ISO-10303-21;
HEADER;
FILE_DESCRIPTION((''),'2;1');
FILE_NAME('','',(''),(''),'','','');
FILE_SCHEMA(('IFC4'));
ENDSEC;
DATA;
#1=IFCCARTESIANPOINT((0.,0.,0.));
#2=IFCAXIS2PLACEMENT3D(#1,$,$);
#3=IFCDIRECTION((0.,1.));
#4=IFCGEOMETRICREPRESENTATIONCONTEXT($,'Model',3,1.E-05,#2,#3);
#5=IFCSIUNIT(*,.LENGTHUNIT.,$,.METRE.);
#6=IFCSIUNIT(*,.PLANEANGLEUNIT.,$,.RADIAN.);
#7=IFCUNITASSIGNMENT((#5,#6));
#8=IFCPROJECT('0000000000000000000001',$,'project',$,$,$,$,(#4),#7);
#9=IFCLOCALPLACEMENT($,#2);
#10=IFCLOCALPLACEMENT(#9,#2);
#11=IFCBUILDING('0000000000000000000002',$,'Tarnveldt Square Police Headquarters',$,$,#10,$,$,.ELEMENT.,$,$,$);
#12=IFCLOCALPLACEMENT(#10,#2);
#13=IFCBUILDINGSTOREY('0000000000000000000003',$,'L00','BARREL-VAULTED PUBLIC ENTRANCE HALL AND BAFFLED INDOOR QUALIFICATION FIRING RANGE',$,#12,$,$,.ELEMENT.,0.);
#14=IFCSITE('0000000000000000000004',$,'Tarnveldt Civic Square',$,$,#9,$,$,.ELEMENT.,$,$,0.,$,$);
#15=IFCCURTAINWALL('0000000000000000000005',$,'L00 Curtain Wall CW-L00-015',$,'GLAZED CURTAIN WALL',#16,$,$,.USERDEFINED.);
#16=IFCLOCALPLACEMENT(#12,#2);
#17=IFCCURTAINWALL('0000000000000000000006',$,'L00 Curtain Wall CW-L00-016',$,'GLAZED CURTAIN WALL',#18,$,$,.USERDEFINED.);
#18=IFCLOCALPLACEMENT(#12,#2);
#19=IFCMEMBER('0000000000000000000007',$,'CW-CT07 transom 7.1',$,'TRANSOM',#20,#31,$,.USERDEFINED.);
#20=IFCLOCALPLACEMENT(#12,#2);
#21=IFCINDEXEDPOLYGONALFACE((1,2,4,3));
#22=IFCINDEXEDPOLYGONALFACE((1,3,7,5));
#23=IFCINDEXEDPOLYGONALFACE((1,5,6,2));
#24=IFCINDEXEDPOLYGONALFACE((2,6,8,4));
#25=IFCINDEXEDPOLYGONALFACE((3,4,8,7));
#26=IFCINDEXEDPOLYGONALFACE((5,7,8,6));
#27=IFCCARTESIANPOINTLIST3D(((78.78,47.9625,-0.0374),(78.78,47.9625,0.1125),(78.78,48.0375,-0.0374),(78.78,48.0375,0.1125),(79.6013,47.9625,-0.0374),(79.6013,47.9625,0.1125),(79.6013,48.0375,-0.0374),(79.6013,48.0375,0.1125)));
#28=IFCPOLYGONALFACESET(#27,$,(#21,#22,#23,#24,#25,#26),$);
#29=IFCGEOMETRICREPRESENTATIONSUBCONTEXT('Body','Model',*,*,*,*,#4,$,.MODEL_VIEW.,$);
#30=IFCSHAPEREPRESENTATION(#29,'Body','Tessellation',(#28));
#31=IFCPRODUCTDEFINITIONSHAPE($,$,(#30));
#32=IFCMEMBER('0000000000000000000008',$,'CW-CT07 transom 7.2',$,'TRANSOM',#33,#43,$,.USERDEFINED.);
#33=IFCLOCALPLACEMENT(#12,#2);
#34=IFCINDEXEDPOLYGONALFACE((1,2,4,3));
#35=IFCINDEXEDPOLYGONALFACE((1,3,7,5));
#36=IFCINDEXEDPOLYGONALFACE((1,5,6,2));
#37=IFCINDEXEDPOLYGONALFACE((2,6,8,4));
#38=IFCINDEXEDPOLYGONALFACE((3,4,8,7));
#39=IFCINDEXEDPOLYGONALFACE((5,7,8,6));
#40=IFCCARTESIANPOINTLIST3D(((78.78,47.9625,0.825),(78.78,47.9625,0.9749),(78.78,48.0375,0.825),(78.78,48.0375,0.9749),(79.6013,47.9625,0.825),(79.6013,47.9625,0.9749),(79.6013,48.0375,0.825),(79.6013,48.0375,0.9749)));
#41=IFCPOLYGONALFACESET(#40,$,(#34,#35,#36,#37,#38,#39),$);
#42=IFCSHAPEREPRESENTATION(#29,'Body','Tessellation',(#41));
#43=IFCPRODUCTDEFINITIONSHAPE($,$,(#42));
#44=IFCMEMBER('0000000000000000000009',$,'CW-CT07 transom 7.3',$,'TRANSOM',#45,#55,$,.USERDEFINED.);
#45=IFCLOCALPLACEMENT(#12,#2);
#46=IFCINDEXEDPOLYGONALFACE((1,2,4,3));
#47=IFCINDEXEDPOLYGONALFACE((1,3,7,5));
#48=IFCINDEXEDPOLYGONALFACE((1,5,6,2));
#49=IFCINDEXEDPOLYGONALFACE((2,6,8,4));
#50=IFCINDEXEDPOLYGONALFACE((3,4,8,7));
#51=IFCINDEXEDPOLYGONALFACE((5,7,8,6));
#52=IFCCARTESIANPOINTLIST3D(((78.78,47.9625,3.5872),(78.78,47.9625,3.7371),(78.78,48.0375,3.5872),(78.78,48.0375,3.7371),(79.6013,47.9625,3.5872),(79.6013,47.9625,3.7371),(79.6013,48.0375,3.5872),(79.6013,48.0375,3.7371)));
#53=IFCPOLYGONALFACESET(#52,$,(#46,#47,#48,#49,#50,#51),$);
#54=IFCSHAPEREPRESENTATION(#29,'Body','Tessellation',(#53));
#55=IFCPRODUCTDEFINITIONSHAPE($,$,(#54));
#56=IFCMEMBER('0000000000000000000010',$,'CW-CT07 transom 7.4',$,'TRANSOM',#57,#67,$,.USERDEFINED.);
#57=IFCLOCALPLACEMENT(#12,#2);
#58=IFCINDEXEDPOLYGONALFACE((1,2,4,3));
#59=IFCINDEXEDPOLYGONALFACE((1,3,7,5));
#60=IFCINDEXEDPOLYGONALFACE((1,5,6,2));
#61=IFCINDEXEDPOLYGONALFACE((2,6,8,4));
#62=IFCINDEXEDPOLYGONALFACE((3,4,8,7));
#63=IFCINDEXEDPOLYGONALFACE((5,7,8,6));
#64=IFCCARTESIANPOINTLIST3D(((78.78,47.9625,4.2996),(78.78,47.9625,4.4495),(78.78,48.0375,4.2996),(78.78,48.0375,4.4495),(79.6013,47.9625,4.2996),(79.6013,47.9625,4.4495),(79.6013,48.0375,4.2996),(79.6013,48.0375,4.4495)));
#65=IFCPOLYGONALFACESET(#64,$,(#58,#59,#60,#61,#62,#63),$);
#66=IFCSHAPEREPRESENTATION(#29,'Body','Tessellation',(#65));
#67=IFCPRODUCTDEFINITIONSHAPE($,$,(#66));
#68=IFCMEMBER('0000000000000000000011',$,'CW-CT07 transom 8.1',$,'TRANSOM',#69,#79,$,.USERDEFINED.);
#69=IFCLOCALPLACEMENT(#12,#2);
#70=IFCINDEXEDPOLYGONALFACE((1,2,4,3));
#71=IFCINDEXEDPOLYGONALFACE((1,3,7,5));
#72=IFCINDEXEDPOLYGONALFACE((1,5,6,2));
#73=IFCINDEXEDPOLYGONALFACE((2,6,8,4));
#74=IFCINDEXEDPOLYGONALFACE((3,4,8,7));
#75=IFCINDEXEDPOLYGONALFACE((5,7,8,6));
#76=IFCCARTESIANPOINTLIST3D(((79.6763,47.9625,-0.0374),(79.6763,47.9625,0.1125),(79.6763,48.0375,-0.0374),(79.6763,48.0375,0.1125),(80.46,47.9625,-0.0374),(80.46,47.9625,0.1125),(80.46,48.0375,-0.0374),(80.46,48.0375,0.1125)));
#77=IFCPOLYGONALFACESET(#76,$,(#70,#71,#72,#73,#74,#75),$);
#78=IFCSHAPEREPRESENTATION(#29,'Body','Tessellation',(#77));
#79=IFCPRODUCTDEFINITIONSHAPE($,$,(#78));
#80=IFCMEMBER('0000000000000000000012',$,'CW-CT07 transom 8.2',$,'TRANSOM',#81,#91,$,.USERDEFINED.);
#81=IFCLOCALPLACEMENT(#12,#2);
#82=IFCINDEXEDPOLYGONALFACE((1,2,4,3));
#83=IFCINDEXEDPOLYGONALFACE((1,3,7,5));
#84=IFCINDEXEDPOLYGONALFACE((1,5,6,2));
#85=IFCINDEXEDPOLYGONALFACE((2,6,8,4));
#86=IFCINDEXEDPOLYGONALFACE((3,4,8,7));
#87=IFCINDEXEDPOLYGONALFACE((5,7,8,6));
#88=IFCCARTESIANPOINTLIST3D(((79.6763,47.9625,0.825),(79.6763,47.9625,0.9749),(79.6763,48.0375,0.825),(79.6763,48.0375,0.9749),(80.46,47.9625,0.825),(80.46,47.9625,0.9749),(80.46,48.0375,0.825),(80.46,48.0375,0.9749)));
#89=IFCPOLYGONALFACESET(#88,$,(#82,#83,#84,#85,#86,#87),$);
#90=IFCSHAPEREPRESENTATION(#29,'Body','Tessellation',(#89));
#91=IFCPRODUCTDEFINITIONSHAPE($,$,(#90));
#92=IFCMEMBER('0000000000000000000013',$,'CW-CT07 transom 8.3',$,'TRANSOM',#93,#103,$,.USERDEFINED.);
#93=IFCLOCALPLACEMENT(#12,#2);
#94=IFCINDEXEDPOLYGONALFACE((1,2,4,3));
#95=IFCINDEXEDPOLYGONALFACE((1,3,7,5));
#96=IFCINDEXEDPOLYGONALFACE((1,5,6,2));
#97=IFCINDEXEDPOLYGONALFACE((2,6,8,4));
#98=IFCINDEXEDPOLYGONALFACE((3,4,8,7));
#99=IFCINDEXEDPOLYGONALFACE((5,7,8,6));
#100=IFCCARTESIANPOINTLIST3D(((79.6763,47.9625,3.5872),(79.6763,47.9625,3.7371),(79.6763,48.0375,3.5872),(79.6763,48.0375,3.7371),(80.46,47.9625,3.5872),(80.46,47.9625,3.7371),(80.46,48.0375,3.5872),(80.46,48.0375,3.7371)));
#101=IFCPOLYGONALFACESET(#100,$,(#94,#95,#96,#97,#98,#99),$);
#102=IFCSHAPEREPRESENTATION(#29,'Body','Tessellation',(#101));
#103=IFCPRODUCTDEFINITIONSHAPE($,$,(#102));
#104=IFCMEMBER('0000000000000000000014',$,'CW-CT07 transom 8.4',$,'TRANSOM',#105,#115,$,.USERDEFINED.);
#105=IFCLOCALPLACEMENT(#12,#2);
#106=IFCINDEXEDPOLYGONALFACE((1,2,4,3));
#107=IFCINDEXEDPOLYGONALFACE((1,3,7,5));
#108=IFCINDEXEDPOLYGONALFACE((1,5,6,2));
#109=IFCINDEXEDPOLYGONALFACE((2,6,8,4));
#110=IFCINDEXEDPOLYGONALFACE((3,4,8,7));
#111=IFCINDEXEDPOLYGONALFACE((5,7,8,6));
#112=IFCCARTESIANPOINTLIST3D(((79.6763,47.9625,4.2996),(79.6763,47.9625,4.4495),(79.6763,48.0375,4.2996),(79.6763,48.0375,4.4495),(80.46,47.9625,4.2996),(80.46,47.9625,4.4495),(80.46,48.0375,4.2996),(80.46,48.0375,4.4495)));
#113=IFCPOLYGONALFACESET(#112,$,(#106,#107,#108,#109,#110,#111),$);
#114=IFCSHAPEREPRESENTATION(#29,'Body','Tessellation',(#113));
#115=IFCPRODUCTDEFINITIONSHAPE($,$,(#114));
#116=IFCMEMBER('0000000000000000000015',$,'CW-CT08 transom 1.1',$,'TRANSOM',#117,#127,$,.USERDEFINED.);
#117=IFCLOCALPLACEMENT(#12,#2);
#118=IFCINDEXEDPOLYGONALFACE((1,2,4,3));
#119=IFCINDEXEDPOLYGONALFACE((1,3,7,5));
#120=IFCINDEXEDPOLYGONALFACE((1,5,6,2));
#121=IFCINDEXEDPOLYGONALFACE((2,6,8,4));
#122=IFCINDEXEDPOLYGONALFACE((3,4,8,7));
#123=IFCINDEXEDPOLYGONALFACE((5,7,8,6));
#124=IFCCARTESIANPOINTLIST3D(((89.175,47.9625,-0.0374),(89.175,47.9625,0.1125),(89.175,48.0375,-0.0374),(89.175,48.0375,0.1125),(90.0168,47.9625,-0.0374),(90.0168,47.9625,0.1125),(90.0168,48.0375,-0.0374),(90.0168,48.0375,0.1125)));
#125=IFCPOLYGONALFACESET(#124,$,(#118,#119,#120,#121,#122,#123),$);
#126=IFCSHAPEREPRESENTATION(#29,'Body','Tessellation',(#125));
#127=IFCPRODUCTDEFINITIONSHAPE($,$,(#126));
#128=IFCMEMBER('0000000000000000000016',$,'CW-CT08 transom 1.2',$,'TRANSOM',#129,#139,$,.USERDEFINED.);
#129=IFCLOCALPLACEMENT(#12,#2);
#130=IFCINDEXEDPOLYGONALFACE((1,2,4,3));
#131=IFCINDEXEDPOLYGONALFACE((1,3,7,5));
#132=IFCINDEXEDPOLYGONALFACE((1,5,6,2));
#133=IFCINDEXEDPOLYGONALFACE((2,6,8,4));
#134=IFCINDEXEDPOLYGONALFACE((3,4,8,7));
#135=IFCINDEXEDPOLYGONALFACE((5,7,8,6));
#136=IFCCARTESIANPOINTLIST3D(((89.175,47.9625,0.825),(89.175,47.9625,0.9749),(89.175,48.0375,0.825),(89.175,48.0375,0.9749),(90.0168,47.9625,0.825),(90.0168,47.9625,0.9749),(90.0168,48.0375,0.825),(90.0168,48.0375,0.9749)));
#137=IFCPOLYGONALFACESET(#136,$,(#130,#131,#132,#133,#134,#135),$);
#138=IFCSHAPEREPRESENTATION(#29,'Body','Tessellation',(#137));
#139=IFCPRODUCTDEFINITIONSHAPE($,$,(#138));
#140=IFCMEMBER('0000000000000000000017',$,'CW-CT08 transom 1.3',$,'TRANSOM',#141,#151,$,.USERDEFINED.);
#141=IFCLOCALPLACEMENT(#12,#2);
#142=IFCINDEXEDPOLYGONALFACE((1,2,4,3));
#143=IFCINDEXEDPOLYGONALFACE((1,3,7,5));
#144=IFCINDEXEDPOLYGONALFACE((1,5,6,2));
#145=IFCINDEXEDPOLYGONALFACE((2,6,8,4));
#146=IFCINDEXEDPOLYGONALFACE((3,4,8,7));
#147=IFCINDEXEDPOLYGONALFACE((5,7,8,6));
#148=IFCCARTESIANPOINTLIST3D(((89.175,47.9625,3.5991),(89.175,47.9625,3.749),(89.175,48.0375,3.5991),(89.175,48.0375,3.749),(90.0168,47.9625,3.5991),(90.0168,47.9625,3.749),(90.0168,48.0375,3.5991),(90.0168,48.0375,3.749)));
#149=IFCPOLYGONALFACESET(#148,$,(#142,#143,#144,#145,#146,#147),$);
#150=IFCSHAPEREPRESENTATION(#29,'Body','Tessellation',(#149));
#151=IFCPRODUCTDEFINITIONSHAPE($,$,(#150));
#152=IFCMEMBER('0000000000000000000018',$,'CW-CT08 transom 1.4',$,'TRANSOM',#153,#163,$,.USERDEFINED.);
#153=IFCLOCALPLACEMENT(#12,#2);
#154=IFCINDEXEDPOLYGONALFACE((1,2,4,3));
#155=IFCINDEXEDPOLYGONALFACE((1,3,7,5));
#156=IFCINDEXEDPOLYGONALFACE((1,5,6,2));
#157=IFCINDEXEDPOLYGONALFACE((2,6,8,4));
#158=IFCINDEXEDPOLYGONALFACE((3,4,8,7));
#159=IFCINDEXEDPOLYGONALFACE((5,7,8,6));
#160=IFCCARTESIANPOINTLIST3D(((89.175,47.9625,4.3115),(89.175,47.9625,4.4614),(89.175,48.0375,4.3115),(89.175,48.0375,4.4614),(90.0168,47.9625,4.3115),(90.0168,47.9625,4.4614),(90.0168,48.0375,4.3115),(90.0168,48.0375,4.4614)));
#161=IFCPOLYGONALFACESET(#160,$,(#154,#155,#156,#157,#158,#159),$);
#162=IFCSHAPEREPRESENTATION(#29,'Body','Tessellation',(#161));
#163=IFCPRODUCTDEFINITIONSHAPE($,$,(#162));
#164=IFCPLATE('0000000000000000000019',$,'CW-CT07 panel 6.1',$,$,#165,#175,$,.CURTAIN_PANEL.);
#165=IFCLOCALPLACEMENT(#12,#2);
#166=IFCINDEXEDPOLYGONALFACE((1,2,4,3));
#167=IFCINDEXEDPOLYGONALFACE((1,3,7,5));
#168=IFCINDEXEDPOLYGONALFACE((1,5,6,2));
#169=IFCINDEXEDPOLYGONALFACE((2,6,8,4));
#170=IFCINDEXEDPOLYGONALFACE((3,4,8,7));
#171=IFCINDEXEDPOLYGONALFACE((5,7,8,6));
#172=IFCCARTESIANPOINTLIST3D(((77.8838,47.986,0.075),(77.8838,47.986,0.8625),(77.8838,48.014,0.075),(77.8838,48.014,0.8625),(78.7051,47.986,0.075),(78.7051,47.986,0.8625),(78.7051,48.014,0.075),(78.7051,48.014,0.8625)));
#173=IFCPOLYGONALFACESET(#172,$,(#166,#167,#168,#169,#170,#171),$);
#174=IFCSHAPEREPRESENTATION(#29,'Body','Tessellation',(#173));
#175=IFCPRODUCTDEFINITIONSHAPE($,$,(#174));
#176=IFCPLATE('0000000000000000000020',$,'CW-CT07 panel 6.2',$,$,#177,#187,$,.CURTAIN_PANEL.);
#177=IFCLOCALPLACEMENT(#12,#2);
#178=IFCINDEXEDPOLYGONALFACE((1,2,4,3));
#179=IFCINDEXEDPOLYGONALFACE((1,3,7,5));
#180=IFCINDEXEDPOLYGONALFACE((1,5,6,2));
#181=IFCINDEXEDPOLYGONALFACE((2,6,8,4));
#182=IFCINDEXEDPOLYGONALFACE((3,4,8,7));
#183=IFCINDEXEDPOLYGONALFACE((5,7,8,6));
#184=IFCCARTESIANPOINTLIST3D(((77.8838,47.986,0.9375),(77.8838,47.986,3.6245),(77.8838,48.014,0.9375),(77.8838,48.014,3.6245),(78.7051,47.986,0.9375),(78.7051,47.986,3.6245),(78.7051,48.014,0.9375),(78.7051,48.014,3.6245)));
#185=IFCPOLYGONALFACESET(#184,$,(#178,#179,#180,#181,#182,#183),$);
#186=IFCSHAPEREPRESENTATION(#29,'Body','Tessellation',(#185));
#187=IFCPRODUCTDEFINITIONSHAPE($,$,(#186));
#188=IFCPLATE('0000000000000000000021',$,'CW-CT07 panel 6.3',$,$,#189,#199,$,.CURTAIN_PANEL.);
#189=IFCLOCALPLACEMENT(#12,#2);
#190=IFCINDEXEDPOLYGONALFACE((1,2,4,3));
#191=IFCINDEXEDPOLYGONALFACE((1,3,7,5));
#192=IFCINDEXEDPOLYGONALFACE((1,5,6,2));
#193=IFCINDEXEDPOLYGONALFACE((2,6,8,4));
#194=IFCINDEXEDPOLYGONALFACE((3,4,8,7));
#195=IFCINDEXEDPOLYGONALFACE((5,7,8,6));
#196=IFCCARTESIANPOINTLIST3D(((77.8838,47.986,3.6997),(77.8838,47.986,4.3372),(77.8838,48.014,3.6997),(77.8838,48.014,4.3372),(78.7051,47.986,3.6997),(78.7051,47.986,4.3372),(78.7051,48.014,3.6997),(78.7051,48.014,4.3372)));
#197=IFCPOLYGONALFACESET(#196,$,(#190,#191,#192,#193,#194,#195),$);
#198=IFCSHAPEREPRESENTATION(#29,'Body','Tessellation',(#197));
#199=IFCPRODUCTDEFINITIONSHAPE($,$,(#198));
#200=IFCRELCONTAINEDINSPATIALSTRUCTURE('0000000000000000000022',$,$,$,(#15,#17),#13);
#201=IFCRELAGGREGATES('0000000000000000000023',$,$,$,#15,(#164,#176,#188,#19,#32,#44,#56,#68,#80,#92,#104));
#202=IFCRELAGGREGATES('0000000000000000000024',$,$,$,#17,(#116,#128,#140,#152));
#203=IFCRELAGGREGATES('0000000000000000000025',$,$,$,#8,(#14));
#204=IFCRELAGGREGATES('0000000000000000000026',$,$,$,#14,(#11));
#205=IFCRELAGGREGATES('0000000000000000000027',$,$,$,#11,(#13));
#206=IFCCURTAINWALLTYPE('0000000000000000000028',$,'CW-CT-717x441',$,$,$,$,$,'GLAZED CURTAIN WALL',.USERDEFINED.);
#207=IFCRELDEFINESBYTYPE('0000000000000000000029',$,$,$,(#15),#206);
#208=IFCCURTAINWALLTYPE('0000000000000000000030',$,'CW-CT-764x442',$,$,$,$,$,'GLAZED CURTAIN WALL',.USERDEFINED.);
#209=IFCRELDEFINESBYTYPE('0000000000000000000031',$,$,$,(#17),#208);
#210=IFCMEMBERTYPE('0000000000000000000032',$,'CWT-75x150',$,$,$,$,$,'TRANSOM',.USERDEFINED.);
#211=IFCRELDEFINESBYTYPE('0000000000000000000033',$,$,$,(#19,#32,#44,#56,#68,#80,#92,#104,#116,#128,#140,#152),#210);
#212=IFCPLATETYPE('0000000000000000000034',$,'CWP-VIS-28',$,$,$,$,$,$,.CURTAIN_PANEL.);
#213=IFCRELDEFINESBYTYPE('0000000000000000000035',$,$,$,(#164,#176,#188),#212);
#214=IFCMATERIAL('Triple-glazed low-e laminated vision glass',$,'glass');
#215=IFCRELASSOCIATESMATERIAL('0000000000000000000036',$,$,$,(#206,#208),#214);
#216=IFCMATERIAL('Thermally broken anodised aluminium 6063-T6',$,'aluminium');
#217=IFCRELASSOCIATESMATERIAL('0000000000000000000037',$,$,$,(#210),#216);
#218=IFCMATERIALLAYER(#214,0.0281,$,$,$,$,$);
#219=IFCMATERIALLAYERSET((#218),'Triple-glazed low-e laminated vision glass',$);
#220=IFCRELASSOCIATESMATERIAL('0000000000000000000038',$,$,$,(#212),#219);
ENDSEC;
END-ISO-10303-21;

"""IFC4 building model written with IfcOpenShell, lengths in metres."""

from ifc_helpers import new_model, si_unit, direction, frame, origin, origin_2d, place, context, subcontext, project, spatial, rectangle, extrude, material, layer, layer_set, material_profile, profile_set, type_object, element, aggregate, save


model = new_model("IFC4")

# Units and contexts
model_context = context("Model", 3, precision=1e-05, world=origin(), true_north=direction((0.0, 1.0)))
body_context = subcontext(model_context, "Body", "Model", "MODEL_VIEW")
ifc_project = project(units=[si_unit("LENGTHUNIT", "METRE"), si_unit("PLANEANGLEUNIT", "RADIAN")], contexts=[model_context])

# Site, building, storey
site_placement = place(None, origin())
site = spatial("IfcSite", under=ifc_project, at=site_placement, Name="Tarnveldt Civic Square", CompositionType="ELEMENT", RefElevation=0.0)
building_placement = place(site_placement, origin())
building = spatial("IfcBuilding", under=site, at=building_placement, Name="Tarnveldt Square Police Headquarters", CompositionType="ELEMENT")
storey_placement = place(building_placement, origin())
storey = spatial("IfcBuildingStorey", under=building, at=storey_placement, Name="L00", Description="BARREL-VAULTED PUBLIC ENTRANCE HALL AND BAFFLED INDOOR QUALIFICATION FIRING RANGE", CompositionType="ELEMENT", Elevation=0.0)

# Curtain wall
ifc_material_1 = material(Name="Triple-glazed low-e laminated vision glass", Category="glass")
curtain_wall_type_1 = type_object("IfcCurtainWallType", Name="CW-CT-717x441", ElementType="GLAZED CURTAIN WALL", PredefinedType="USERDEFINED", material=ifc_material_1)
curtain_wall_1_placement = place(storey_placement, origin())
curtain_wall_1 = element("IfcCurtainWall", 1, at=curtain_wall_1_placement, inside=storey, type_object=curtain_wall_type_1, Name="L00 Curtain Wall CW-L00-015", ObjectType="GLAZED CURTAIN WALL", PredefinedType="USERDEFINED")
ifc_material_2 = material(Name="Thermally broken anodised aluminium 6063-T6", Category="aluminium")

# Curtain wall
curtain_wall_type_2 = type_object("IfcCurtainWallType", Name="CW-CT-764x442", ElementType="GLAZED CURTAIN WALL", PredefinedType="USERDEFINED", material=ifc_material_1)
curtain_wall_2_placement = place(storey_placement, origin())
curtain_wall_2 = element("IfcCurtainWall", 2, at=curtain_wall_2_placement, inside=storey, type_object=curtain_wall_type_2, Name="L00 Curtain Wall CW-L00-016", ObjectType="GLAZED CURTAIN WALL", PredefinedType="USERDEFINED")

# Members
ifc_material_profile_1 = material_profile(ifc_material_2, rectangle(XDim=0.075, YDim=0.1499, at=origin_2d()), Name="CW-T75x150")
ifc_profile_set_1 = profile_set([ifc_material_profile_1], Name="Thermally broken anodised aluminium 6063-T6")
member_type_1 = type_object("IfcMemberType", Name="CWT-75x150", ElementType="TRANSOM", PredefinedType="USERDEFINED", material=ifc_profile_set_1)
member_1_placement = place(storey_placement, frame((78.78, 48.0, 0.0376), z_axis=(1.0, 0.0, 0.0), x_axis=(0.0, 1.0, 0.0)))
member_1 = element("IfcMember", 3, at=member_1_placement, type_object=member_type_1, Name="CW-CT07 transom 7.1", ObjectType="TRANSOM", PredefinedType="USERDEFINED", context=body_context, shape_type="SweptSolid", body=[
    extrude(rectangle(XDim=0.075, YDim=0.1499, at=origin_2d()), origin(), (0.0, 0.0, 1.0), 0.8213),
])
member_2_placement = place(storey_placement, frame((78.78, 48.0, 0.8999), z_axis=(1.0, 0.0, 0.0), x_axis=(0.0, 1.0, 0.0)))
member_2 = element("IfcMember", 4, at=member_2_placement, type_object=member_type_1, Name="CW-CT07 transom 7.2", ObjectType="TRANSOM", PredefinedType="USERDEFINED", context=body_context, shape_type="SweptSolid", body=[
    extrude(rectangle(XDim=0.075, YDim=0.1499, at=origin_2d()), origin(), (0.0, 0.0, 1.0), 0.8213),
])
member_3_placement = place(storey_placement, frame((78.78, 48.0, 3.6621), z_axis=(1.0, 0.0, 0.0), x_axis=(0.0, 1.0, 0.0)))
member_3 = element("IfcMember", 5, at=member_3_placement, type_object=member_type_1, Name="CW-CT07 transom 7.3", ObjectType="TRANSOM", PredefinedType="USERDEFINED", context=body_context, shape_type="SweptSolid", body=[
    extrude(rectangle(XDim=0.075, YDim=0.1499, at=origin_2d()), origin(), (0.0, 0.0, 1.0), 0.8213),
])
member_4_placement = place(storey_placement, frame((78.78, 48.0, 4.3745), z_axis=(1.0, 0.0, 0.0), x_axis=(0.0, 1.0, 0.0)))
member_4 = element("IfcMember", 6, at=member_4_placement, type_object=member_type_1, Name="CW-CT07 transom 7.4", ObjectType="TRANSOM", PredefinedType="USERDEFINED", context=body_context, shape_type="SweptSolid", body=[
    extrude(rectangle(XDim=0.075, YDim=0.1499, at=origin_2d()), origin(), (0.0, 0.0, 1.0), 0.8213),
])
member_5_placement = place(storey_placement, frame((79.6763, 48.0, 0.0376), z_axis=(1.0, 0.0, 0.0), x_axis=(0.0, 1.0, 0.0)))
member_5 = element("IfcMember", 7, at=member_5_placement, type_object=member_type_1, Name="CW-CT07 transom 8.1", ObjectType="TRANSOM", PredefinedType="USERDEFINED", context=body_context, shape_type="SweptSolid", body=[
    extrude(rectangle(XDim=0.075, YDim=0.1499, at=origin_2d()), origin(), (0.0, 0.0, 1.0), 0.7837),
])
member_6_placement = place(storey_placement, frame((79.6763, 48.0, 0.8999), z_axis=(1.0, 0.0, 0.0), x_axis=(0.0, 1.0, 0.0)))
member_6 = element("IfcMember", 8, at=member_6_placement, type_object=member_type_1, Name="CW-CT07 transom 8.2", ObjectType="TRANSOM", PredefinedType="USERDEFINED", context=body_context, shape_type="SweptSolid", body=[
    extrude(rectangle(XDim=0.075, YDim=0.1499, at=origin_2d()), origin(), (0.0, 0.0, 1.0), 0.7837),
])
member_7_placement = place(storey_placement, frame((79.6763, 48.0, 3.6621), z_axis=(1.0, 0.0, 0.0), x_axis=(0.0, 1.0, 0.0)))
member_7 = element("IfcMember", 9, at=member_7_placement, type_object=member_type_1, Name="CW-CT07 transom 8.3", ObjectType="TRANSOM", PredefinedType="USERDEFINED", context=body_context, shape_type="SweptSolid", body=[
    extrude(rectangle(XDim=0.075, YDim=0.1499, at=origin_2d()), origin(), (0.0, 0.0, 1.0), 0.7837),
])
member_8_placement = place(storey_placement, frame((79.6763, 48.0, 4.3745), z_axis=(1.0, 0.0, 0.0), x_axis=(0.0, 1.0, 0.0)))
member_8 = element("IfcMember", 10, at=member_8_placement, type_object=member_type_1, Name="CW-CT07 transom 8.4", ObjectType="TRANSOM", PredefinedType="USERDEFINED", context=body_context, shape_type="SweptSolid", body=[
    extrude(rectangle(XDim=0.075, YDim=0.1499, at=origin_2d()), origin(), (0.0, 0.0, 1.0), 0.7837),
])
member_9_placement = place(storey_placement, frame((89.175, 48.0, 0.0376), z_axis=(1.0, 0.0, 0.0), x_axis=(0.0, 1.0, 0.0)))
member_9 = element("IfcMember", 11, at=member_9_placement, type_object=member_type_1, Name="CW-CT08 transom 1.1", ObjectType="TRANSOM", PredefinedType="USERDEFINED", context=body_context, shape_type="SweptSolid", body=[
    extrude(rectangle(XDim=0.075, YDim=0.1499, at=origin_2d()), origin(), (0.0, 0.0, 1.0), 0.8418),
])
member_10_placement = place(storey_placement, frame((89.175, 48.0, 0.8999), z_axis=(1.0, 0.0, 0.0), x_axis=(0.0, 1.0, 0.0)))
member_10 = element("IfcMember", 12, at=member_10_placement, type_object=member_type_1, Name="CW-CT08 transom 1.2", ObjectType="TRANSOM", PredefinedType="USERDEFINED", context=body_context, shape_type="SweptSolid", body=[
    extrude(rectangle(XDim=0.075, YDim=0.1499, at=origin_2d()), origin(), (0.0, 0.0, 1.0), 0.8418),
])
member_11_placement = place(storey_placement, frame((89.175, 48.0, 3.6741), z_axis=(1.0, 0.0, 0.0), x_axis=(0.0, 1.0, 0.0)))
member_11 = element("IfcMember", 13, at=member_11_placement, type_object=member_type_1, Name="CW-CT08 transom 1.3", ObjectType="TRANSOM", PredefinedType="USERDEFINED", context=body_context, shape_type="SweptSolid", body=[
    extrude(rectangle(XDim=0.075, YDim=0.1499, at=origin_2d()), origin(), (0.0, 0.0, 1.0), 0.8418),
])
member_12_placement = place(storey_placement, frame((89.175, 48.0, 4.3865), z_axis=(1.0, 0.0, 0.0), x_axis=(0.0, 1.0, 0.0)))
member_12 = element("IfcMember", 14, at=member_12_placement, type_object=member_type_1, Name="CW-CT08 transom 1.4", ObjectType="TRANSOM", PredefinedType="USERDEFINED", context=body_context, shape_type="SweptSolid", body=[
    extrude(rectangle(XDim=0.075, YDim=0.1499, at=origin_2d()), origin(), (0.0, 0.0, 1.0), 0.8418),
])

# Plates
ifc_layer_1 = layer(ifc_material_1, 0.0281)
ifc_layer_set_1 = layer_set([ifc_layer_1], Name="Triple-glazed low-e laminated vision glass")
plate_type = type_object("IfcPlateType", Name="CWP-VIS-28", PredefinedType="CURTAIN_PANEL", material=ifc_layer_set_1)
plate_1_placement = place(storey_placement, frame((78.2944, 48.0, 0.075), z_axis=(0.0, 0.0, 1.0), x_axis=(1.0, 0.0, 0.0)))
plate_1 = element("IfcPlate", 15, at=plate_1_placement, type_object=plate_type, Name="CW-CT07 panel 6.1", PredefinedType="CURTAIN_PANEL", context=body_context, shape_type="SweptSolid", body=[
    extrude(rectangle(XDim=0.8213, YDim=0.0281, at=origin_2d()), origin(), (0.0, 0.0, 1.0), 0.7876),
])
plate_2_placement = place(storey_placement, frame((78.2944, 48.0, 0.9375), z_axis=(0.0, 0.0, 1.0), x_axis=(1.0, 0.0, 0.0)))
plate_2 = element("IfcPlate", 16, at=plate_2_placement, type_object=plate_type, Name="CW-CT07 panel 6.2", PredefinedType="CURTAIN_PANEL", context=body_context, shape_type="SweptSolid", body=[
    extrude(rectangle(XDim=0.8213, YDim=0.0281, at=origin_2d()), origin(), (0.0, 0.0, 1.0), 2.687),
])
plate_3_placement = place(storey_placement, frame((78.2944, 48.0, 3.6997), z_axis=(0.0, 0.0, 1.0), x_axis=(1.0, 0.0, 0.0)))
plate_3 = element("IfcPlate", 17, at=plate_3_placement, type_object=plate_type, Name="CW-CT07 panel 6.3", PredefinedType="CURTAIN_PANEL", context=body_context, shape_type="SweptSolid", body=[
    extrude(rectangle(XDim=0.8213, YDim=0.0281, at=origin_2d()), origin(), (0.0, 0.0, 1.0), 0.6375),
])
aggregate(curtain_wall_1, [plate_1, plate_2, plate_3, member_1, member_2, member_3, member_4, member_5, member_6, member_7, member_8])
aggregate(curtain_wall_2, [member_9, member_10, member_11, member_12])

save(model, "model.ifc")
